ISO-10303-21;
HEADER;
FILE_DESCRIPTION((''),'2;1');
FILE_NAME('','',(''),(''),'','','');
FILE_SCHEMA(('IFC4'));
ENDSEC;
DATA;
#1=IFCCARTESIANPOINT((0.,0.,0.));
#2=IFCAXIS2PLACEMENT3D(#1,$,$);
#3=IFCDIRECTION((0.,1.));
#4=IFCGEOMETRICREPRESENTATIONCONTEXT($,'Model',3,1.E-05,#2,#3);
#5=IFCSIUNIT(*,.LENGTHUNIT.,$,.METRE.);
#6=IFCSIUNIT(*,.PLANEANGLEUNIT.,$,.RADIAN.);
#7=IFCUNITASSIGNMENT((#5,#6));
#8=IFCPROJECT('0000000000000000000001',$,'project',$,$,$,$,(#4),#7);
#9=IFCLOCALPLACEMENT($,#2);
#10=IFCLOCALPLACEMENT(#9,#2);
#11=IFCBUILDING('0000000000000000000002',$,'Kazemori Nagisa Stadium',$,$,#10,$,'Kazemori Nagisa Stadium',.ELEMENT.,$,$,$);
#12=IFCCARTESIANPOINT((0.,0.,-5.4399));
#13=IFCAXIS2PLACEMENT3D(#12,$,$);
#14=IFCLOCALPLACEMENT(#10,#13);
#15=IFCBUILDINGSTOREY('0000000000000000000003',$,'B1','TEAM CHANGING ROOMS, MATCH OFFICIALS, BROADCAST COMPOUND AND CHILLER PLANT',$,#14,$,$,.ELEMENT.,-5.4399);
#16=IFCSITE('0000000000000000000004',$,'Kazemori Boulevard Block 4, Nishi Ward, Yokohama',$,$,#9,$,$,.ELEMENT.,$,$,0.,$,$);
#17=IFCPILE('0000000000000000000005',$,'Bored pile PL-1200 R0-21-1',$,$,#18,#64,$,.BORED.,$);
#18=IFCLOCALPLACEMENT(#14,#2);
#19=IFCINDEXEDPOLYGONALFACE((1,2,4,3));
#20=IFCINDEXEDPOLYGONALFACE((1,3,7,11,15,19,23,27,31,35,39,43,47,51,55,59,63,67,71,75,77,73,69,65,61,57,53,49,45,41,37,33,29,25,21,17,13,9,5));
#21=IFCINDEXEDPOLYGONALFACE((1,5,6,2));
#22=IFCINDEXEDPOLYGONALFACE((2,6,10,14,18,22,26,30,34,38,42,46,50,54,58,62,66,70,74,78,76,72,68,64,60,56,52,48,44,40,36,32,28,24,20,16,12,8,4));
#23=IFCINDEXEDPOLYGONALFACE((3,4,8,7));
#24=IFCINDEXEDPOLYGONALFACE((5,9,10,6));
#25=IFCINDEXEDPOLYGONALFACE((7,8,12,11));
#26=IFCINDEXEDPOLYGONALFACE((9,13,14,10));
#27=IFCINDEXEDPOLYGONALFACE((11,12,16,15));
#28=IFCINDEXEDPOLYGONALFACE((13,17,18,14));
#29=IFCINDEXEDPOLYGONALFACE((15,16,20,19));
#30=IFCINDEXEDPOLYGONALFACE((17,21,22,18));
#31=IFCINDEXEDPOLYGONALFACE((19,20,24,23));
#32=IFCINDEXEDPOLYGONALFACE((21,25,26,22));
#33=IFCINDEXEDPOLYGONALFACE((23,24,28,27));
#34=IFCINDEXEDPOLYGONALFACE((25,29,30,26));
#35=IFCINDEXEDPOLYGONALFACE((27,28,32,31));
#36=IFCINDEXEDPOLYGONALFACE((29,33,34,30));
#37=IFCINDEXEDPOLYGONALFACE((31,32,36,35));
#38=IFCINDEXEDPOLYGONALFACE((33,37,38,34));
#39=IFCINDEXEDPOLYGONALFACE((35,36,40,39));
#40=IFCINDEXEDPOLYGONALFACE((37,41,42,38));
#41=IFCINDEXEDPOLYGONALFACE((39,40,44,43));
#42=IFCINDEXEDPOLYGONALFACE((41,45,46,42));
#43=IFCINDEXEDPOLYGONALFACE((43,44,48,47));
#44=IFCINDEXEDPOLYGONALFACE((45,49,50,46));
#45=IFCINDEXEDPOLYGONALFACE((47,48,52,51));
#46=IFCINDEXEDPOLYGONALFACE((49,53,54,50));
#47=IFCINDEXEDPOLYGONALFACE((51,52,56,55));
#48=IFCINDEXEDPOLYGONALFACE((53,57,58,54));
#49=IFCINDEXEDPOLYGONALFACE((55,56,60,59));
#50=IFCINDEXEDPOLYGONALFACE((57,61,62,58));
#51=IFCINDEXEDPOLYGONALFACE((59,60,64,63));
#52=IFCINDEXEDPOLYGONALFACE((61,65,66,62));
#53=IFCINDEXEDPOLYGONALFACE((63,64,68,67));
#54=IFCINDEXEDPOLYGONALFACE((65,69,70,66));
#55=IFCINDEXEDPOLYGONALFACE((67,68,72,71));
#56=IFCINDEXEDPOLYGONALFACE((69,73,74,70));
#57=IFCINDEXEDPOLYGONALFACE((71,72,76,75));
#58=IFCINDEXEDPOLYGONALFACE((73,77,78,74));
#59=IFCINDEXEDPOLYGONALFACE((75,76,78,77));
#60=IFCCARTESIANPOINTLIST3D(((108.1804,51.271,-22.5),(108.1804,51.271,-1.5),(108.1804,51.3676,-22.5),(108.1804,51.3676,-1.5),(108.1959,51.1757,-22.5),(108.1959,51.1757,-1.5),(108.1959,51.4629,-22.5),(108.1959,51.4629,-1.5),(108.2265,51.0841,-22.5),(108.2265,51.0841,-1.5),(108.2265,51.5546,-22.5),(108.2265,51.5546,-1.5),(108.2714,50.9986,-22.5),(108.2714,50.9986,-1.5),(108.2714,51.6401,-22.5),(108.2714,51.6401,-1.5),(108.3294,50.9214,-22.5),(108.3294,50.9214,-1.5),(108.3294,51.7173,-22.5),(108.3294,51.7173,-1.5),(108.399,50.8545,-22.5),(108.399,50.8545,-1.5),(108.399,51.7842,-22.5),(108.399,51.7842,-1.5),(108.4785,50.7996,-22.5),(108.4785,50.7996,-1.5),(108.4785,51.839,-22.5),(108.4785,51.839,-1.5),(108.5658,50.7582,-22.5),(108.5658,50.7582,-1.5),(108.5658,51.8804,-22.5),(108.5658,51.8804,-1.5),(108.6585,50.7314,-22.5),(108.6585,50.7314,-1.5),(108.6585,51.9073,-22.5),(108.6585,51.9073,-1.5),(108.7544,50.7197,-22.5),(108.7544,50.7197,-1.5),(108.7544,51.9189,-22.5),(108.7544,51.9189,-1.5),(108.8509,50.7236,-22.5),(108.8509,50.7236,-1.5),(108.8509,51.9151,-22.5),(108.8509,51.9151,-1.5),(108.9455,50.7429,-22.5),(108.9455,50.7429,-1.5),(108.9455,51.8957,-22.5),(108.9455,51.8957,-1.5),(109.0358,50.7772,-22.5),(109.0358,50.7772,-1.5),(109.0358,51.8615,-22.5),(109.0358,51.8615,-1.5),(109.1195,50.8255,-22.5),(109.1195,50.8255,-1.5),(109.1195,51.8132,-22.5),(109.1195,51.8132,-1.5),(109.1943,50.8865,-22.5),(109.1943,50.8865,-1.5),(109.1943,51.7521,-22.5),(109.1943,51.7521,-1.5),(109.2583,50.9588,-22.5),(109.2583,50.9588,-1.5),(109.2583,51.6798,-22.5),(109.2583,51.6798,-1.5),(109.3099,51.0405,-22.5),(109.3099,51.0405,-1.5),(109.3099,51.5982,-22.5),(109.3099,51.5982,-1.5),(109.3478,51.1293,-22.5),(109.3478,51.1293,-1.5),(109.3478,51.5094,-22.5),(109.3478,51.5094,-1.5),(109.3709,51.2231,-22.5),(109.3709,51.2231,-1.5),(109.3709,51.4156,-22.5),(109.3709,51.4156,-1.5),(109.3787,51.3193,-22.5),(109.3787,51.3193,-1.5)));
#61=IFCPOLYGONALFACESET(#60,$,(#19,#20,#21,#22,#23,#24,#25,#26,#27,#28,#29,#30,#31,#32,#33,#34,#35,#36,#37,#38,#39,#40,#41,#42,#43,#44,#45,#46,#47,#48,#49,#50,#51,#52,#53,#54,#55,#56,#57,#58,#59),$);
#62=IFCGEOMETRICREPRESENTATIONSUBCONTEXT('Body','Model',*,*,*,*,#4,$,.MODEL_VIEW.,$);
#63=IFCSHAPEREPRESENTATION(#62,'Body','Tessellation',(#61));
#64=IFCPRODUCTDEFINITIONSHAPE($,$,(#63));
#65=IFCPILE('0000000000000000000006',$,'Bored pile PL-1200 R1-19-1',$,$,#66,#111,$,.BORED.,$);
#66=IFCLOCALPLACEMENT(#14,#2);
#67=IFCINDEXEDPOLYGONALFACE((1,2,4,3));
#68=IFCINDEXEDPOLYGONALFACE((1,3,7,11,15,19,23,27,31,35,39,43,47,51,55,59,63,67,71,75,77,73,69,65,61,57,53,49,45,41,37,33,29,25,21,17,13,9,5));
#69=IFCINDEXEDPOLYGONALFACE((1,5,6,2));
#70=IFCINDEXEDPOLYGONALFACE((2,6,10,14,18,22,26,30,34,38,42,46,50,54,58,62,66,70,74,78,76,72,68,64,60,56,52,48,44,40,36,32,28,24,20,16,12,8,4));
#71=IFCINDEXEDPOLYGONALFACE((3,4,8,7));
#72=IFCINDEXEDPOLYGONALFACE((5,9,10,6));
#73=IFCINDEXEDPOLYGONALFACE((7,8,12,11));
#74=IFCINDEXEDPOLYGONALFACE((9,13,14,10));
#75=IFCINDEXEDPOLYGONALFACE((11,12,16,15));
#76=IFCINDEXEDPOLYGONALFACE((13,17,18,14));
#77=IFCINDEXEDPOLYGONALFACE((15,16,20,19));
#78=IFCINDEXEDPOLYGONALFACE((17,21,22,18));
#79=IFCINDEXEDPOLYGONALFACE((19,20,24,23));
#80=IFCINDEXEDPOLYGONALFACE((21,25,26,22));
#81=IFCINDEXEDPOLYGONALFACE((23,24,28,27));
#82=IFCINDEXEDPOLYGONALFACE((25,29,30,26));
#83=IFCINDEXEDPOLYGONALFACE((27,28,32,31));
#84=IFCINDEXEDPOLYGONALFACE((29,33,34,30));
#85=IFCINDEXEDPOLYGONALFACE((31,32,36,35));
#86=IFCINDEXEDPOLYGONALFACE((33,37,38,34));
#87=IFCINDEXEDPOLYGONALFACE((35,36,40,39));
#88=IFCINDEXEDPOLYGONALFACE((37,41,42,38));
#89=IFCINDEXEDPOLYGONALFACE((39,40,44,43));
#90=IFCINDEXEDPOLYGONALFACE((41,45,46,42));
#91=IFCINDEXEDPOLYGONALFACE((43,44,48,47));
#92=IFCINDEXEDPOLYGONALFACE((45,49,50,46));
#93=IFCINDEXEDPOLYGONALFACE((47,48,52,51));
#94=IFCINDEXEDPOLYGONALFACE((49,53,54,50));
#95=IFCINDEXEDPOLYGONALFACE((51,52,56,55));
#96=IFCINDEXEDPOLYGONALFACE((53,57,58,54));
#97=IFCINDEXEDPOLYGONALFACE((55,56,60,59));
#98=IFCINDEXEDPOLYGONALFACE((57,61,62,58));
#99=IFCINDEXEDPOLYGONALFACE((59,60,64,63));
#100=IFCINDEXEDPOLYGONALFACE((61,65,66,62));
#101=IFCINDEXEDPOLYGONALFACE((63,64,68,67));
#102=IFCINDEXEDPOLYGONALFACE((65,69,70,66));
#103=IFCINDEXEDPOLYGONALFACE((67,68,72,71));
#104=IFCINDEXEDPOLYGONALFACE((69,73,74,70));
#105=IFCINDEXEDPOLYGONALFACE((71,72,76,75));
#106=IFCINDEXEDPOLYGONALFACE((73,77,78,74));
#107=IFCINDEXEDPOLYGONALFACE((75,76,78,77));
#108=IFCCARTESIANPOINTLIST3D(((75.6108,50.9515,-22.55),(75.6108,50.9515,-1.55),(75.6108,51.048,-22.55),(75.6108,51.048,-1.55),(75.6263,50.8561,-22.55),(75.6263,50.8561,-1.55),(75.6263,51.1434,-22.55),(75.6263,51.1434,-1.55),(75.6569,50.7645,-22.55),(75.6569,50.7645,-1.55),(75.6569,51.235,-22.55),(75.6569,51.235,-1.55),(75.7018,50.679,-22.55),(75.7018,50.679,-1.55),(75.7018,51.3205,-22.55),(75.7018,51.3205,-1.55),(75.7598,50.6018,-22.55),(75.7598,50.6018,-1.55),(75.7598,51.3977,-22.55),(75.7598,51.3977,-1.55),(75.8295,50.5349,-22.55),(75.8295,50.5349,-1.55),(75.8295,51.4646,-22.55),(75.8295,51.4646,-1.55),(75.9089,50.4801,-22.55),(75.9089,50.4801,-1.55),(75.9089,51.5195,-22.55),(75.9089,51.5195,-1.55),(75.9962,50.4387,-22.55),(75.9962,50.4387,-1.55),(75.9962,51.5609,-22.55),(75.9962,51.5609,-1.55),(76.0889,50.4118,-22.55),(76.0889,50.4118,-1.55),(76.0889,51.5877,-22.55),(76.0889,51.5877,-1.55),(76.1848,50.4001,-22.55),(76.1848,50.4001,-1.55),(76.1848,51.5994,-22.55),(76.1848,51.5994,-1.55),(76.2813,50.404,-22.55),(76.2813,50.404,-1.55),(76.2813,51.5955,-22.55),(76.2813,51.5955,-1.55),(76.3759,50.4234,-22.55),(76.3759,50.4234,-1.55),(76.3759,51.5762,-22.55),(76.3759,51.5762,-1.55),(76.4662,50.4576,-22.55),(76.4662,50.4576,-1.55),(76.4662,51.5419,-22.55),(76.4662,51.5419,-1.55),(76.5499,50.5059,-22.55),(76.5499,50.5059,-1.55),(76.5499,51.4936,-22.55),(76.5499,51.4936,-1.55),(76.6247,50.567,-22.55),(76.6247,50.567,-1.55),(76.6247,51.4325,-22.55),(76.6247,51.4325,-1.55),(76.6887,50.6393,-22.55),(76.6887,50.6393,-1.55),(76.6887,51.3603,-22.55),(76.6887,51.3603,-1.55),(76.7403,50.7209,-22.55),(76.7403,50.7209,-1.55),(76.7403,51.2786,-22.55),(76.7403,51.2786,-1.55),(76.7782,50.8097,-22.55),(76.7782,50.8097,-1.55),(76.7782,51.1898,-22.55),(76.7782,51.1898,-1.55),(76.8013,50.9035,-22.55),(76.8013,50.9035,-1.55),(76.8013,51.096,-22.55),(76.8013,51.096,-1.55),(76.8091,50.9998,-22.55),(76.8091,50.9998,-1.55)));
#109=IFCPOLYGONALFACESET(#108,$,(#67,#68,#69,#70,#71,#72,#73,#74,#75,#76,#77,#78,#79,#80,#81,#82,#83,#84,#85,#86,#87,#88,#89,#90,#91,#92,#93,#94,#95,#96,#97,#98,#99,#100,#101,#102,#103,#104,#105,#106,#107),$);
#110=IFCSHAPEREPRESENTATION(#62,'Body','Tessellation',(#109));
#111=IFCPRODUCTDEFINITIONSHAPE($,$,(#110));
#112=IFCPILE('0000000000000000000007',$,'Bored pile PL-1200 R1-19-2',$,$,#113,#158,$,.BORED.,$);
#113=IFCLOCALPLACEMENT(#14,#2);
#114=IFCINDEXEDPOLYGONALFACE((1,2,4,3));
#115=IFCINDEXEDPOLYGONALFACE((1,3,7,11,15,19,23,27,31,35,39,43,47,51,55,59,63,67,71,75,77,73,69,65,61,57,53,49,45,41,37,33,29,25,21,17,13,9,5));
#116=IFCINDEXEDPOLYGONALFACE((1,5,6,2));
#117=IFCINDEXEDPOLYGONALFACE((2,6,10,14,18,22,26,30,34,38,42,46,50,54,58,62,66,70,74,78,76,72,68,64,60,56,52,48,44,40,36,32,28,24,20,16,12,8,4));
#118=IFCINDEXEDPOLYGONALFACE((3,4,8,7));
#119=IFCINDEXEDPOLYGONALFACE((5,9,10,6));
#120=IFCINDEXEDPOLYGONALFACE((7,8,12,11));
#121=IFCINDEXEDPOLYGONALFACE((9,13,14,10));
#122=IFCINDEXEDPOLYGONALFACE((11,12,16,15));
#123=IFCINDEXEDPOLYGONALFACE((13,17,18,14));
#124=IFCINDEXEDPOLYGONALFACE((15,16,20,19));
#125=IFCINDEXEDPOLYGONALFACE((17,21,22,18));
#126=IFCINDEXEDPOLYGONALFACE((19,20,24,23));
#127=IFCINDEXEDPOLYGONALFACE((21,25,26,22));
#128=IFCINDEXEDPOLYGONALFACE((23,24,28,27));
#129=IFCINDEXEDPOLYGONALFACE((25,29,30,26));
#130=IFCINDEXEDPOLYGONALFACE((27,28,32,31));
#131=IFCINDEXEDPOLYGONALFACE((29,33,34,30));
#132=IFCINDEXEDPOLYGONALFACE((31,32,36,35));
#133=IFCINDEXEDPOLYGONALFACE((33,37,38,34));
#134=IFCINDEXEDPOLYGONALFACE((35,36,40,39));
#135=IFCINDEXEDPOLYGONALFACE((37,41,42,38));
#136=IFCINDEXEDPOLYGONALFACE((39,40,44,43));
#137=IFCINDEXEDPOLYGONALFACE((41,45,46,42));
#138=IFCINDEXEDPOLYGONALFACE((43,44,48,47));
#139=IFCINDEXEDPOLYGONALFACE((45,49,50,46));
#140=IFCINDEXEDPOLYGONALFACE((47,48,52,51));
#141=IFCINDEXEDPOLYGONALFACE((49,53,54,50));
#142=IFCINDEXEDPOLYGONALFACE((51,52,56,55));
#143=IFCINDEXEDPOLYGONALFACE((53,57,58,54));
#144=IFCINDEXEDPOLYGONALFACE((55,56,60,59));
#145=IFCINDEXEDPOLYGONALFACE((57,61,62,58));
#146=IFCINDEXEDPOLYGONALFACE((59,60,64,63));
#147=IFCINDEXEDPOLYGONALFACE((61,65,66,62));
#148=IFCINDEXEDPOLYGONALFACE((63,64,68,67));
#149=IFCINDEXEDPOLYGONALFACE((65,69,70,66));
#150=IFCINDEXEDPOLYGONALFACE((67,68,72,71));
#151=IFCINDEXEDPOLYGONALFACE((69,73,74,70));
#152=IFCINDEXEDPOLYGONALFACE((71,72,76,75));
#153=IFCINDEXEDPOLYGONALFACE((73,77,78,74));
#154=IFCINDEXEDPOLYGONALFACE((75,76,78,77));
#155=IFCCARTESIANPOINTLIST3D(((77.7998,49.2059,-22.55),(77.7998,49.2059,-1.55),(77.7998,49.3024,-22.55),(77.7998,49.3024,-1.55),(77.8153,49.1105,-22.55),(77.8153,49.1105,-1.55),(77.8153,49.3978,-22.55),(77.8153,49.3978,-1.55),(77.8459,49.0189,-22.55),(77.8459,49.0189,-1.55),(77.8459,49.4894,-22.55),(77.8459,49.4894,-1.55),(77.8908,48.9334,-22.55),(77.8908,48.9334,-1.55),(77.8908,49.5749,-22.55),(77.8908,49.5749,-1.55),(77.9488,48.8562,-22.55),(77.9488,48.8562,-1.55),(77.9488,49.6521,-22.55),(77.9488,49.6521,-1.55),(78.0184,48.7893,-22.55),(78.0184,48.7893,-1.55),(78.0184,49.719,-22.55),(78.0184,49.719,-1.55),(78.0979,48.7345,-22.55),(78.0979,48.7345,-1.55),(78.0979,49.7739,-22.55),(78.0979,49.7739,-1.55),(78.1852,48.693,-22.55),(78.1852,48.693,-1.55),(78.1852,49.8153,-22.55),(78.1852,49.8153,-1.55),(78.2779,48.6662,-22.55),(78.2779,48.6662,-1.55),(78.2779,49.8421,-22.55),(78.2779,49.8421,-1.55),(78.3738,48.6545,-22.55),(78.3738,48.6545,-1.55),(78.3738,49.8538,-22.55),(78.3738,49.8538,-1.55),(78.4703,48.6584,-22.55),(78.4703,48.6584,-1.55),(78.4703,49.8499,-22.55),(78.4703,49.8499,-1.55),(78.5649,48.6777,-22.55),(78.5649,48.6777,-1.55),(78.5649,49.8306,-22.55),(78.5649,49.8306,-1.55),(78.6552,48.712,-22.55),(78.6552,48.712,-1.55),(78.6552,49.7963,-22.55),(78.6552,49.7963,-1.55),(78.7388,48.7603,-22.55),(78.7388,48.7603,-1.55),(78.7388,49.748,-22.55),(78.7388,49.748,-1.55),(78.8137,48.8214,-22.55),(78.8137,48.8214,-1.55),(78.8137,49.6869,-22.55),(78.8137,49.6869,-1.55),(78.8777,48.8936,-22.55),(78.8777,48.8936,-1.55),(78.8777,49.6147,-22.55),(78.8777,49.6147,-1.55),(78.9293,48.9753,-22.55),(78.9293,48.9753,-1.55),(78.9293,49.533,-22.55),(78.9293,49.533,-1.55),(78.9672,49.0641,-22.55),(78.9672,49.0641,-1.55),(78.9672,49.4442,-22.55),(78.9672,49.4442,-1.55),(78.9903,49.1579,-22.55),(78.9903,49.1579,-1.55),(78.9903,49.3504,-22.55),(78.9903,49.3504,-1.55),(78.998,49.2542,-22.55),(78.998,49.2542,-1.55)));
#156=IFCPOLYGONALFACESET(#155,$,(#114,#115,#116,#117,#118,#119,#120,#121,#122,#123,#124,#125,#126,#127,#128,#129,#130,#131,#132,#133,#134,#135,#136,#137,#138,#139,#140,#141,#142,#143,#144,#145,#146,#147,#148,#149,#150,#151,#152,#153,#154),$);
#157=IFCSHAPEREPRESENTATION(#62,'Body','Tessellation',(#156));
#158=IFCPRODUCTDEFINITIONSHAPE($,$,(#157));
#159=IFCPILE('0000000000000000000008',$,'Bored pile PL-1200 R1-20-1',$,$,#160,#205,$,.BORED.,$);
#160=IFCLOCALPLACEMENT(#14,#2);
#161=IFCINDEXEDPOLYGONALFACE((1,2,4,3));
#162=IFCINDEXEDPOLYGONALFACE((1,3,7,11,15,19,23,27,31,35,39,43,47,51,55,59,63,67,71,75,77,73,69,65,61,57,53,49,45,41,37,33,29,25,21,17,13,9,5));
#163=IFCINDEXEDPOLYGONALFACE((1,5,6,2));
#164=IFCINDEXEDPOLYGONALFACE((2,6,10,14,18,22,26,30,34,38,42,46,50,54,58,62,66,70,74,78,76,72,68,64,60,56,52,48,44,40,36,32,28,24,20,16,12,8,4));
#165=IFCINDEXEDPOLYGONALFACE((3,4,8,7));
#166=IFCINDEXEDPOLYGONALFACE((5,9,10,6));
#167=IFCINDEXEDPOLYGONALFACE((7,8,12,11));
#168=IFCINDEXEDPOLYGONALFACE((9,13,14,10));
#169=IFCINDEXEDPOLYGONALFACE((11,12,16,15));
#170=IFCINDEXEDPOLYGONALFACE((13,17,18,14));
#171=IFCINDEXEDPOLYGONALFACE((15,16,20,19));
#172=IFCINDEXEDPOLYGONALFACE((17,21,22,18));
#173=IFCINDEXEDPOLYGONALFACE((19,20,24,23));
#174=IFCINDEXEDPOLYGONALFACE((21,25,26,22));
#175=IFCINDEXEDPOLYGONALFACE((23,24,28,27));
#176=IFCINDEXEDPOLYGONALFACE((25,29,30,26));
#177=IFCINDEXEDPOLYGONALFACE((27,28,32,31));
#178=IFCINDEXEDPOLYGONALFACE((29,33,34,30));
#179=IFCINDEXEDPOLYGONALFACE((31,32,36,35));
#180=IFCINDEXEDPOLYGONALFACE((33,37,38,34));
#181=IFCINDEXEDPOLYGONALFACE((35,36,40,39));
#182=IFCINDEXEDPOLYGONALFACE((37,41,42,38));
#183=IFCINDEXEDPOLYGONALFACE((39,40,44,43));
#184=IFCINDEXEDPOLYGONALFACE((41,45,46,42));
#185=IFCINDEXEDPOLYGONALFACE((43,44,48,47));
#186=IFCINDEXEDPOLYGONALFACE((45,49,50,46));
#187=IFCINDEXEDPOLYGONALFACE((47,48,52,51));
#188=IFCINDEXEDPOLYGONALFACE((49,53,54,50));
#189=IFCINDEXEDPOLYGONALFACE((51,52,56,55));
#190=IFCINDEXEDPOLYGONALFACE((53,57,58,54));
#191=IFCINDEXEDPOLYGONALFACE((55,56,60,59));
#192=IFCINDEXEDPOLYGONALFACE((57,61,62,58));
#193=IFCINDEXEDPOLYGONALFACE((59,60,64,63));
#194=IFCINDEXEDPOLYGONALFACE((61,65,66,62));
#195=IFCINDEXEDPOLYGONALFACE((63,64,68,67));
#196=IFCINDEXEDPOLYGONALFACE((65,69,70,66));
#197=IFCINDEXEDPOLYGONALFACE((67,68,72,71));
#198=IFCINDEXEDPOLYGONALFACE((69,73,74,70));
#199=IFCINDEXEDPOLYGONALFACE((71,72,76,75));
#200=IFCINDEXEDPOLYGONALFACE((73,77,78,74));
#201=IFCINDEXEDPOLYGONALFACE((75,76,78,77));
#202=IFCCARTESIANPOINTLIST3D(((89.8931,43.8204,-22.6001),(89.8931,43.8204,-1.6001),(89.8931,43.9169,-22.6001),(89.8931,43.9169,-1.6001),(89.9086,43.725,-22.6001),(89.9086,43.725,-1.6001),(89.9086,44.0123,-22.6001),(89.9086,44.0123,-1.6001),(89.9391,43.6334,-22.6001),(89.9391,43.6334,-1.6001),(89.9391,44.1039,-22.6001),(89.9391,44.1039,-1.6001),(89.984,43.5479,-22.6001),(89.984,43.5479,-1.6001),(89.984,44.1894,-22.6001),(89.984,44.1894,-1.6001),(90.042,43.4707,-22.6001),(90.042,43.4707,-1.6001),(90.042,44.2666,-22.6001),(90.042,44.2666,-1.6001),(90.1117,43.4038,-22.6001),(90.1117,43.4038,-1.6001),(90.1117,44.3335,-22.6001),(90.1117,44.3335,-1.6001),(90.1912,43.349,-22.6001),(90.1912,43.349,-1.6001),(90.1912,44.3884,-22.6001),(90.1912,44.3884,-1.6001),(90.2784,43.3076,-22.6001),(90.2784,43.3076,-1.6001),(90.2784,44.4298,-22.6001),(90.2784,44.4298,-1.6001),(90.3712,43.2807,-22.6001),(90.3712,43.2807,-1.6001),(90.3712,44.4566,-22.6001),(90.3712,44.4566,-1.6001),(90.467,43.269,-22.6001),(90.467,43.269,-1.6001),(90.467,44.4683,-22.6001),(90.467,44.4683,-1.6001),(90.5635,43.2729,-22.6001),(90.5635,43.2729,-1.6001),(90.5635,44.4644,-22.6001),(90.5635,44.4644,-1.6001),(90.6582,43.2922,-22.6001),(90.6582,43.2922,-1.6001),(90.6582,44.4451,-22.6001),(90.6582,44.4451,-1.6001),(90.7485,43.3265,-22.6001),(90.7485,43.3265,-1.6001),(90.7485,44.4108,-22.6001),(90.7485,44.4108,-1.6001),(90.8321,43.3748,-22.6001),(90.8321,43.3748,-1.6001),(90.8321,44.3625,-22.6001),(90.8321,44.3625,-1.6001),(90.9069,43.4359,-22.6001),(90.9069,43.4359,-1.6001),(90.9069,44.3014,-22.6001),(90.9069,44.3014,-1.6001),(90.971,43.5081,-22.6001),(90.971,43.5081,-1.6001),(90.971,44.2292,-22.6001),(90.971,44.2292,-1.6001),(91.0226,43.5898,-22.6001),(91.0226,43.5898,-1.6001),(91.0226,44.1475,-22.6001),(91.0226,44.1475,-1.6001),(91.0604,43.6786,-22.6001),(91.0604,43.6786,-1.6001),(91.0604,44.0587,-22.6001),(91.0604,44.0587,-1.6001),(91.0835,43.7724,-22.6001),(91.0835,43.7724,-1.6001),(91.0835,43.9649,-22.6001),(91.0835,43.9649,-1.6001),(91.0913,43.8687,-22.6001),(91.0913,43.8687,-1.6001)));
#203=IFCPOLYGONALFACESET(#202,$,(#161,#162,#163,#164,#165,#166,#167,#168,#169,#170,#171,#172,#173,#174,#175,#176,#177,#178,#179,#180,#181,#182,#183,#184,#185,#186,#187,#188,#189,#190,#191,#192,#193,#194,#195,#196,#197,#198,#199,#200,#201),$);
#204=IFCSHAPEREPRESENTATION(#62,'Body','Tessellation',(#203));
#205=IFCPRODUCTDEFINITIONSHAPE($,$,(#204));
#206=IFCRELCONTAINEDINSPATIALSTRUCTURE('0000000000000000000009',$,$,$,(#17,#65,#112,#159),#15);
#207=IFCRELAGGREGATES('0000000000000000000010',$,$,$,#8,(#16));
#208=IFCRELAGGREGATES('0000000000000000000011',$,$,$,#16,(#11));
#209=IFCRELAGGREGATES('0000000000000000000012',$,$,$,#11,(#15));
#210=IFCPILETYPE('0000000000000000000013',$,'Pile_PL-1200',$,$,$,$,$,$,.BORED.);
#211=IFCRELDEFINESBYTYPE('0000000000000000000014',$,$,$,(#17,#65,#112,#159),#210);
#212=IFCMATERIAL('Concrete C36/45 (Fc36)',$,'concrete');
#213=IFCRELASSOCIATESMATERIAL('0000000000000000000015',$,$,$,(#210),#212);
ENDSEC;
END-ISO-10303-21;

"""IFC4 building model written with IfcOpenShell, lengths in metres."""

from ifc_helpers import new_model, si_unit, direction, frame, origin, origin_2d, place, context, subcontext, project, spatial, circle, extrude, material, material_profile, profile_set, type_object, element, save


model = new_model("IFC4")

# Units and contexts
model_context = context("Model", 3, precision=1e-05, world=origin(), true_north=direction((0.0, 1.0)))
body_context = subcontext(model_context, "Body", "Model", "MODEL_VIEW")
ifc_project = project(units=[si_unit("LENGTHUNIT", "METRE"), si_unit("PLANEANGLEUNIT", "RADIAN")], contexts=[model_context])

# Site, building, storey
site_placement = place(None, origin())
site = spatial("IfcSite", under=ifc_project, at=site_placement, Name="Kazemori Boulevard Block 4, Nishi Ward, Yokohama", CompositionType="ELEMENT", RefElevation=0.0)
building_placement = place(site_placement, origin())
building = spatial("IfcBuilding", under=site, at=building_placement, Name="Kazemori Nagisa Stadium", LongName="Kazemori Nagisa Stadium", CompositionType="ELEMENT")
storey_placement = place(building_placement, frame((0.0, 0.0, -5.4399)))
storey = spatial("IfcBuildingStorey", under=building, at=storey_placement, Name="B1", Description="TEAM CHANGING ROOMS, MATCH OFFICIALS, BROADCAST COMPOUND AND CHILLER PLANT", CompositionType="ELEMENT", Elevation=-5.4399)

# Piles
ifc_material_1 = material(Name="Concrete C36/45 (Fc36)", Category="concrete")
ifc_material_profile_1 = material_profile(ifc_material_1, circle(Radius=0.6001, at=origin_2d()), Name="PILE-D1200")
ifc_profile_set_1 = profile_set([ifc_material_profile_1], Name="Concrete C36/45 (Fc36)")
pile_type = type_object("IfcPileType", Name="Pile_PL-1200", PredefinedType="BORED", material=ifc_profile_set_1)
for number, where, z_axis, x_axis, name in (
    (1, (108.7786, 51.3193, -1.5), (0.0, 0.0, -1.0), (1.0, 0.0, 0.0), "Bored pile PL-1200 R0-21-1"),
    (2, (76.209, 50.9998, -1.55), (0.0, 0.0, -1.0), (1.0, 0.0, 0.0), "Bored pile PL-1200 R1-19-1"),
    (3, (78.3979, 49.2542, -1.55), (0.0, 0.0, -1.0), (1.0, 0.0, 0.0), "Bored pile PL-1200 R1-19-2"),
    (4, (90.4912, 43.8687, -1.6001), (0.0, 0.0, -1.0), (1.0, 0.0, 0.0), "Bored pile PL-1200 R1-20-1"),
):
    element("IfcPile", number, at=place(storey_placement, frame(where, z_axis=z_axis, x_axis=x_axis)), inside=storey, type_object=pile_type, Name=name, PredefinedType="BORED", context=body_context, shape_type="SweptSolid", body=[
        extrude(circle(Radius=0.6001, at=origin_2d()), origin(), (0.0, 0.0, 1.0), 21.0),
    ])

save(model, "model.ifc")
